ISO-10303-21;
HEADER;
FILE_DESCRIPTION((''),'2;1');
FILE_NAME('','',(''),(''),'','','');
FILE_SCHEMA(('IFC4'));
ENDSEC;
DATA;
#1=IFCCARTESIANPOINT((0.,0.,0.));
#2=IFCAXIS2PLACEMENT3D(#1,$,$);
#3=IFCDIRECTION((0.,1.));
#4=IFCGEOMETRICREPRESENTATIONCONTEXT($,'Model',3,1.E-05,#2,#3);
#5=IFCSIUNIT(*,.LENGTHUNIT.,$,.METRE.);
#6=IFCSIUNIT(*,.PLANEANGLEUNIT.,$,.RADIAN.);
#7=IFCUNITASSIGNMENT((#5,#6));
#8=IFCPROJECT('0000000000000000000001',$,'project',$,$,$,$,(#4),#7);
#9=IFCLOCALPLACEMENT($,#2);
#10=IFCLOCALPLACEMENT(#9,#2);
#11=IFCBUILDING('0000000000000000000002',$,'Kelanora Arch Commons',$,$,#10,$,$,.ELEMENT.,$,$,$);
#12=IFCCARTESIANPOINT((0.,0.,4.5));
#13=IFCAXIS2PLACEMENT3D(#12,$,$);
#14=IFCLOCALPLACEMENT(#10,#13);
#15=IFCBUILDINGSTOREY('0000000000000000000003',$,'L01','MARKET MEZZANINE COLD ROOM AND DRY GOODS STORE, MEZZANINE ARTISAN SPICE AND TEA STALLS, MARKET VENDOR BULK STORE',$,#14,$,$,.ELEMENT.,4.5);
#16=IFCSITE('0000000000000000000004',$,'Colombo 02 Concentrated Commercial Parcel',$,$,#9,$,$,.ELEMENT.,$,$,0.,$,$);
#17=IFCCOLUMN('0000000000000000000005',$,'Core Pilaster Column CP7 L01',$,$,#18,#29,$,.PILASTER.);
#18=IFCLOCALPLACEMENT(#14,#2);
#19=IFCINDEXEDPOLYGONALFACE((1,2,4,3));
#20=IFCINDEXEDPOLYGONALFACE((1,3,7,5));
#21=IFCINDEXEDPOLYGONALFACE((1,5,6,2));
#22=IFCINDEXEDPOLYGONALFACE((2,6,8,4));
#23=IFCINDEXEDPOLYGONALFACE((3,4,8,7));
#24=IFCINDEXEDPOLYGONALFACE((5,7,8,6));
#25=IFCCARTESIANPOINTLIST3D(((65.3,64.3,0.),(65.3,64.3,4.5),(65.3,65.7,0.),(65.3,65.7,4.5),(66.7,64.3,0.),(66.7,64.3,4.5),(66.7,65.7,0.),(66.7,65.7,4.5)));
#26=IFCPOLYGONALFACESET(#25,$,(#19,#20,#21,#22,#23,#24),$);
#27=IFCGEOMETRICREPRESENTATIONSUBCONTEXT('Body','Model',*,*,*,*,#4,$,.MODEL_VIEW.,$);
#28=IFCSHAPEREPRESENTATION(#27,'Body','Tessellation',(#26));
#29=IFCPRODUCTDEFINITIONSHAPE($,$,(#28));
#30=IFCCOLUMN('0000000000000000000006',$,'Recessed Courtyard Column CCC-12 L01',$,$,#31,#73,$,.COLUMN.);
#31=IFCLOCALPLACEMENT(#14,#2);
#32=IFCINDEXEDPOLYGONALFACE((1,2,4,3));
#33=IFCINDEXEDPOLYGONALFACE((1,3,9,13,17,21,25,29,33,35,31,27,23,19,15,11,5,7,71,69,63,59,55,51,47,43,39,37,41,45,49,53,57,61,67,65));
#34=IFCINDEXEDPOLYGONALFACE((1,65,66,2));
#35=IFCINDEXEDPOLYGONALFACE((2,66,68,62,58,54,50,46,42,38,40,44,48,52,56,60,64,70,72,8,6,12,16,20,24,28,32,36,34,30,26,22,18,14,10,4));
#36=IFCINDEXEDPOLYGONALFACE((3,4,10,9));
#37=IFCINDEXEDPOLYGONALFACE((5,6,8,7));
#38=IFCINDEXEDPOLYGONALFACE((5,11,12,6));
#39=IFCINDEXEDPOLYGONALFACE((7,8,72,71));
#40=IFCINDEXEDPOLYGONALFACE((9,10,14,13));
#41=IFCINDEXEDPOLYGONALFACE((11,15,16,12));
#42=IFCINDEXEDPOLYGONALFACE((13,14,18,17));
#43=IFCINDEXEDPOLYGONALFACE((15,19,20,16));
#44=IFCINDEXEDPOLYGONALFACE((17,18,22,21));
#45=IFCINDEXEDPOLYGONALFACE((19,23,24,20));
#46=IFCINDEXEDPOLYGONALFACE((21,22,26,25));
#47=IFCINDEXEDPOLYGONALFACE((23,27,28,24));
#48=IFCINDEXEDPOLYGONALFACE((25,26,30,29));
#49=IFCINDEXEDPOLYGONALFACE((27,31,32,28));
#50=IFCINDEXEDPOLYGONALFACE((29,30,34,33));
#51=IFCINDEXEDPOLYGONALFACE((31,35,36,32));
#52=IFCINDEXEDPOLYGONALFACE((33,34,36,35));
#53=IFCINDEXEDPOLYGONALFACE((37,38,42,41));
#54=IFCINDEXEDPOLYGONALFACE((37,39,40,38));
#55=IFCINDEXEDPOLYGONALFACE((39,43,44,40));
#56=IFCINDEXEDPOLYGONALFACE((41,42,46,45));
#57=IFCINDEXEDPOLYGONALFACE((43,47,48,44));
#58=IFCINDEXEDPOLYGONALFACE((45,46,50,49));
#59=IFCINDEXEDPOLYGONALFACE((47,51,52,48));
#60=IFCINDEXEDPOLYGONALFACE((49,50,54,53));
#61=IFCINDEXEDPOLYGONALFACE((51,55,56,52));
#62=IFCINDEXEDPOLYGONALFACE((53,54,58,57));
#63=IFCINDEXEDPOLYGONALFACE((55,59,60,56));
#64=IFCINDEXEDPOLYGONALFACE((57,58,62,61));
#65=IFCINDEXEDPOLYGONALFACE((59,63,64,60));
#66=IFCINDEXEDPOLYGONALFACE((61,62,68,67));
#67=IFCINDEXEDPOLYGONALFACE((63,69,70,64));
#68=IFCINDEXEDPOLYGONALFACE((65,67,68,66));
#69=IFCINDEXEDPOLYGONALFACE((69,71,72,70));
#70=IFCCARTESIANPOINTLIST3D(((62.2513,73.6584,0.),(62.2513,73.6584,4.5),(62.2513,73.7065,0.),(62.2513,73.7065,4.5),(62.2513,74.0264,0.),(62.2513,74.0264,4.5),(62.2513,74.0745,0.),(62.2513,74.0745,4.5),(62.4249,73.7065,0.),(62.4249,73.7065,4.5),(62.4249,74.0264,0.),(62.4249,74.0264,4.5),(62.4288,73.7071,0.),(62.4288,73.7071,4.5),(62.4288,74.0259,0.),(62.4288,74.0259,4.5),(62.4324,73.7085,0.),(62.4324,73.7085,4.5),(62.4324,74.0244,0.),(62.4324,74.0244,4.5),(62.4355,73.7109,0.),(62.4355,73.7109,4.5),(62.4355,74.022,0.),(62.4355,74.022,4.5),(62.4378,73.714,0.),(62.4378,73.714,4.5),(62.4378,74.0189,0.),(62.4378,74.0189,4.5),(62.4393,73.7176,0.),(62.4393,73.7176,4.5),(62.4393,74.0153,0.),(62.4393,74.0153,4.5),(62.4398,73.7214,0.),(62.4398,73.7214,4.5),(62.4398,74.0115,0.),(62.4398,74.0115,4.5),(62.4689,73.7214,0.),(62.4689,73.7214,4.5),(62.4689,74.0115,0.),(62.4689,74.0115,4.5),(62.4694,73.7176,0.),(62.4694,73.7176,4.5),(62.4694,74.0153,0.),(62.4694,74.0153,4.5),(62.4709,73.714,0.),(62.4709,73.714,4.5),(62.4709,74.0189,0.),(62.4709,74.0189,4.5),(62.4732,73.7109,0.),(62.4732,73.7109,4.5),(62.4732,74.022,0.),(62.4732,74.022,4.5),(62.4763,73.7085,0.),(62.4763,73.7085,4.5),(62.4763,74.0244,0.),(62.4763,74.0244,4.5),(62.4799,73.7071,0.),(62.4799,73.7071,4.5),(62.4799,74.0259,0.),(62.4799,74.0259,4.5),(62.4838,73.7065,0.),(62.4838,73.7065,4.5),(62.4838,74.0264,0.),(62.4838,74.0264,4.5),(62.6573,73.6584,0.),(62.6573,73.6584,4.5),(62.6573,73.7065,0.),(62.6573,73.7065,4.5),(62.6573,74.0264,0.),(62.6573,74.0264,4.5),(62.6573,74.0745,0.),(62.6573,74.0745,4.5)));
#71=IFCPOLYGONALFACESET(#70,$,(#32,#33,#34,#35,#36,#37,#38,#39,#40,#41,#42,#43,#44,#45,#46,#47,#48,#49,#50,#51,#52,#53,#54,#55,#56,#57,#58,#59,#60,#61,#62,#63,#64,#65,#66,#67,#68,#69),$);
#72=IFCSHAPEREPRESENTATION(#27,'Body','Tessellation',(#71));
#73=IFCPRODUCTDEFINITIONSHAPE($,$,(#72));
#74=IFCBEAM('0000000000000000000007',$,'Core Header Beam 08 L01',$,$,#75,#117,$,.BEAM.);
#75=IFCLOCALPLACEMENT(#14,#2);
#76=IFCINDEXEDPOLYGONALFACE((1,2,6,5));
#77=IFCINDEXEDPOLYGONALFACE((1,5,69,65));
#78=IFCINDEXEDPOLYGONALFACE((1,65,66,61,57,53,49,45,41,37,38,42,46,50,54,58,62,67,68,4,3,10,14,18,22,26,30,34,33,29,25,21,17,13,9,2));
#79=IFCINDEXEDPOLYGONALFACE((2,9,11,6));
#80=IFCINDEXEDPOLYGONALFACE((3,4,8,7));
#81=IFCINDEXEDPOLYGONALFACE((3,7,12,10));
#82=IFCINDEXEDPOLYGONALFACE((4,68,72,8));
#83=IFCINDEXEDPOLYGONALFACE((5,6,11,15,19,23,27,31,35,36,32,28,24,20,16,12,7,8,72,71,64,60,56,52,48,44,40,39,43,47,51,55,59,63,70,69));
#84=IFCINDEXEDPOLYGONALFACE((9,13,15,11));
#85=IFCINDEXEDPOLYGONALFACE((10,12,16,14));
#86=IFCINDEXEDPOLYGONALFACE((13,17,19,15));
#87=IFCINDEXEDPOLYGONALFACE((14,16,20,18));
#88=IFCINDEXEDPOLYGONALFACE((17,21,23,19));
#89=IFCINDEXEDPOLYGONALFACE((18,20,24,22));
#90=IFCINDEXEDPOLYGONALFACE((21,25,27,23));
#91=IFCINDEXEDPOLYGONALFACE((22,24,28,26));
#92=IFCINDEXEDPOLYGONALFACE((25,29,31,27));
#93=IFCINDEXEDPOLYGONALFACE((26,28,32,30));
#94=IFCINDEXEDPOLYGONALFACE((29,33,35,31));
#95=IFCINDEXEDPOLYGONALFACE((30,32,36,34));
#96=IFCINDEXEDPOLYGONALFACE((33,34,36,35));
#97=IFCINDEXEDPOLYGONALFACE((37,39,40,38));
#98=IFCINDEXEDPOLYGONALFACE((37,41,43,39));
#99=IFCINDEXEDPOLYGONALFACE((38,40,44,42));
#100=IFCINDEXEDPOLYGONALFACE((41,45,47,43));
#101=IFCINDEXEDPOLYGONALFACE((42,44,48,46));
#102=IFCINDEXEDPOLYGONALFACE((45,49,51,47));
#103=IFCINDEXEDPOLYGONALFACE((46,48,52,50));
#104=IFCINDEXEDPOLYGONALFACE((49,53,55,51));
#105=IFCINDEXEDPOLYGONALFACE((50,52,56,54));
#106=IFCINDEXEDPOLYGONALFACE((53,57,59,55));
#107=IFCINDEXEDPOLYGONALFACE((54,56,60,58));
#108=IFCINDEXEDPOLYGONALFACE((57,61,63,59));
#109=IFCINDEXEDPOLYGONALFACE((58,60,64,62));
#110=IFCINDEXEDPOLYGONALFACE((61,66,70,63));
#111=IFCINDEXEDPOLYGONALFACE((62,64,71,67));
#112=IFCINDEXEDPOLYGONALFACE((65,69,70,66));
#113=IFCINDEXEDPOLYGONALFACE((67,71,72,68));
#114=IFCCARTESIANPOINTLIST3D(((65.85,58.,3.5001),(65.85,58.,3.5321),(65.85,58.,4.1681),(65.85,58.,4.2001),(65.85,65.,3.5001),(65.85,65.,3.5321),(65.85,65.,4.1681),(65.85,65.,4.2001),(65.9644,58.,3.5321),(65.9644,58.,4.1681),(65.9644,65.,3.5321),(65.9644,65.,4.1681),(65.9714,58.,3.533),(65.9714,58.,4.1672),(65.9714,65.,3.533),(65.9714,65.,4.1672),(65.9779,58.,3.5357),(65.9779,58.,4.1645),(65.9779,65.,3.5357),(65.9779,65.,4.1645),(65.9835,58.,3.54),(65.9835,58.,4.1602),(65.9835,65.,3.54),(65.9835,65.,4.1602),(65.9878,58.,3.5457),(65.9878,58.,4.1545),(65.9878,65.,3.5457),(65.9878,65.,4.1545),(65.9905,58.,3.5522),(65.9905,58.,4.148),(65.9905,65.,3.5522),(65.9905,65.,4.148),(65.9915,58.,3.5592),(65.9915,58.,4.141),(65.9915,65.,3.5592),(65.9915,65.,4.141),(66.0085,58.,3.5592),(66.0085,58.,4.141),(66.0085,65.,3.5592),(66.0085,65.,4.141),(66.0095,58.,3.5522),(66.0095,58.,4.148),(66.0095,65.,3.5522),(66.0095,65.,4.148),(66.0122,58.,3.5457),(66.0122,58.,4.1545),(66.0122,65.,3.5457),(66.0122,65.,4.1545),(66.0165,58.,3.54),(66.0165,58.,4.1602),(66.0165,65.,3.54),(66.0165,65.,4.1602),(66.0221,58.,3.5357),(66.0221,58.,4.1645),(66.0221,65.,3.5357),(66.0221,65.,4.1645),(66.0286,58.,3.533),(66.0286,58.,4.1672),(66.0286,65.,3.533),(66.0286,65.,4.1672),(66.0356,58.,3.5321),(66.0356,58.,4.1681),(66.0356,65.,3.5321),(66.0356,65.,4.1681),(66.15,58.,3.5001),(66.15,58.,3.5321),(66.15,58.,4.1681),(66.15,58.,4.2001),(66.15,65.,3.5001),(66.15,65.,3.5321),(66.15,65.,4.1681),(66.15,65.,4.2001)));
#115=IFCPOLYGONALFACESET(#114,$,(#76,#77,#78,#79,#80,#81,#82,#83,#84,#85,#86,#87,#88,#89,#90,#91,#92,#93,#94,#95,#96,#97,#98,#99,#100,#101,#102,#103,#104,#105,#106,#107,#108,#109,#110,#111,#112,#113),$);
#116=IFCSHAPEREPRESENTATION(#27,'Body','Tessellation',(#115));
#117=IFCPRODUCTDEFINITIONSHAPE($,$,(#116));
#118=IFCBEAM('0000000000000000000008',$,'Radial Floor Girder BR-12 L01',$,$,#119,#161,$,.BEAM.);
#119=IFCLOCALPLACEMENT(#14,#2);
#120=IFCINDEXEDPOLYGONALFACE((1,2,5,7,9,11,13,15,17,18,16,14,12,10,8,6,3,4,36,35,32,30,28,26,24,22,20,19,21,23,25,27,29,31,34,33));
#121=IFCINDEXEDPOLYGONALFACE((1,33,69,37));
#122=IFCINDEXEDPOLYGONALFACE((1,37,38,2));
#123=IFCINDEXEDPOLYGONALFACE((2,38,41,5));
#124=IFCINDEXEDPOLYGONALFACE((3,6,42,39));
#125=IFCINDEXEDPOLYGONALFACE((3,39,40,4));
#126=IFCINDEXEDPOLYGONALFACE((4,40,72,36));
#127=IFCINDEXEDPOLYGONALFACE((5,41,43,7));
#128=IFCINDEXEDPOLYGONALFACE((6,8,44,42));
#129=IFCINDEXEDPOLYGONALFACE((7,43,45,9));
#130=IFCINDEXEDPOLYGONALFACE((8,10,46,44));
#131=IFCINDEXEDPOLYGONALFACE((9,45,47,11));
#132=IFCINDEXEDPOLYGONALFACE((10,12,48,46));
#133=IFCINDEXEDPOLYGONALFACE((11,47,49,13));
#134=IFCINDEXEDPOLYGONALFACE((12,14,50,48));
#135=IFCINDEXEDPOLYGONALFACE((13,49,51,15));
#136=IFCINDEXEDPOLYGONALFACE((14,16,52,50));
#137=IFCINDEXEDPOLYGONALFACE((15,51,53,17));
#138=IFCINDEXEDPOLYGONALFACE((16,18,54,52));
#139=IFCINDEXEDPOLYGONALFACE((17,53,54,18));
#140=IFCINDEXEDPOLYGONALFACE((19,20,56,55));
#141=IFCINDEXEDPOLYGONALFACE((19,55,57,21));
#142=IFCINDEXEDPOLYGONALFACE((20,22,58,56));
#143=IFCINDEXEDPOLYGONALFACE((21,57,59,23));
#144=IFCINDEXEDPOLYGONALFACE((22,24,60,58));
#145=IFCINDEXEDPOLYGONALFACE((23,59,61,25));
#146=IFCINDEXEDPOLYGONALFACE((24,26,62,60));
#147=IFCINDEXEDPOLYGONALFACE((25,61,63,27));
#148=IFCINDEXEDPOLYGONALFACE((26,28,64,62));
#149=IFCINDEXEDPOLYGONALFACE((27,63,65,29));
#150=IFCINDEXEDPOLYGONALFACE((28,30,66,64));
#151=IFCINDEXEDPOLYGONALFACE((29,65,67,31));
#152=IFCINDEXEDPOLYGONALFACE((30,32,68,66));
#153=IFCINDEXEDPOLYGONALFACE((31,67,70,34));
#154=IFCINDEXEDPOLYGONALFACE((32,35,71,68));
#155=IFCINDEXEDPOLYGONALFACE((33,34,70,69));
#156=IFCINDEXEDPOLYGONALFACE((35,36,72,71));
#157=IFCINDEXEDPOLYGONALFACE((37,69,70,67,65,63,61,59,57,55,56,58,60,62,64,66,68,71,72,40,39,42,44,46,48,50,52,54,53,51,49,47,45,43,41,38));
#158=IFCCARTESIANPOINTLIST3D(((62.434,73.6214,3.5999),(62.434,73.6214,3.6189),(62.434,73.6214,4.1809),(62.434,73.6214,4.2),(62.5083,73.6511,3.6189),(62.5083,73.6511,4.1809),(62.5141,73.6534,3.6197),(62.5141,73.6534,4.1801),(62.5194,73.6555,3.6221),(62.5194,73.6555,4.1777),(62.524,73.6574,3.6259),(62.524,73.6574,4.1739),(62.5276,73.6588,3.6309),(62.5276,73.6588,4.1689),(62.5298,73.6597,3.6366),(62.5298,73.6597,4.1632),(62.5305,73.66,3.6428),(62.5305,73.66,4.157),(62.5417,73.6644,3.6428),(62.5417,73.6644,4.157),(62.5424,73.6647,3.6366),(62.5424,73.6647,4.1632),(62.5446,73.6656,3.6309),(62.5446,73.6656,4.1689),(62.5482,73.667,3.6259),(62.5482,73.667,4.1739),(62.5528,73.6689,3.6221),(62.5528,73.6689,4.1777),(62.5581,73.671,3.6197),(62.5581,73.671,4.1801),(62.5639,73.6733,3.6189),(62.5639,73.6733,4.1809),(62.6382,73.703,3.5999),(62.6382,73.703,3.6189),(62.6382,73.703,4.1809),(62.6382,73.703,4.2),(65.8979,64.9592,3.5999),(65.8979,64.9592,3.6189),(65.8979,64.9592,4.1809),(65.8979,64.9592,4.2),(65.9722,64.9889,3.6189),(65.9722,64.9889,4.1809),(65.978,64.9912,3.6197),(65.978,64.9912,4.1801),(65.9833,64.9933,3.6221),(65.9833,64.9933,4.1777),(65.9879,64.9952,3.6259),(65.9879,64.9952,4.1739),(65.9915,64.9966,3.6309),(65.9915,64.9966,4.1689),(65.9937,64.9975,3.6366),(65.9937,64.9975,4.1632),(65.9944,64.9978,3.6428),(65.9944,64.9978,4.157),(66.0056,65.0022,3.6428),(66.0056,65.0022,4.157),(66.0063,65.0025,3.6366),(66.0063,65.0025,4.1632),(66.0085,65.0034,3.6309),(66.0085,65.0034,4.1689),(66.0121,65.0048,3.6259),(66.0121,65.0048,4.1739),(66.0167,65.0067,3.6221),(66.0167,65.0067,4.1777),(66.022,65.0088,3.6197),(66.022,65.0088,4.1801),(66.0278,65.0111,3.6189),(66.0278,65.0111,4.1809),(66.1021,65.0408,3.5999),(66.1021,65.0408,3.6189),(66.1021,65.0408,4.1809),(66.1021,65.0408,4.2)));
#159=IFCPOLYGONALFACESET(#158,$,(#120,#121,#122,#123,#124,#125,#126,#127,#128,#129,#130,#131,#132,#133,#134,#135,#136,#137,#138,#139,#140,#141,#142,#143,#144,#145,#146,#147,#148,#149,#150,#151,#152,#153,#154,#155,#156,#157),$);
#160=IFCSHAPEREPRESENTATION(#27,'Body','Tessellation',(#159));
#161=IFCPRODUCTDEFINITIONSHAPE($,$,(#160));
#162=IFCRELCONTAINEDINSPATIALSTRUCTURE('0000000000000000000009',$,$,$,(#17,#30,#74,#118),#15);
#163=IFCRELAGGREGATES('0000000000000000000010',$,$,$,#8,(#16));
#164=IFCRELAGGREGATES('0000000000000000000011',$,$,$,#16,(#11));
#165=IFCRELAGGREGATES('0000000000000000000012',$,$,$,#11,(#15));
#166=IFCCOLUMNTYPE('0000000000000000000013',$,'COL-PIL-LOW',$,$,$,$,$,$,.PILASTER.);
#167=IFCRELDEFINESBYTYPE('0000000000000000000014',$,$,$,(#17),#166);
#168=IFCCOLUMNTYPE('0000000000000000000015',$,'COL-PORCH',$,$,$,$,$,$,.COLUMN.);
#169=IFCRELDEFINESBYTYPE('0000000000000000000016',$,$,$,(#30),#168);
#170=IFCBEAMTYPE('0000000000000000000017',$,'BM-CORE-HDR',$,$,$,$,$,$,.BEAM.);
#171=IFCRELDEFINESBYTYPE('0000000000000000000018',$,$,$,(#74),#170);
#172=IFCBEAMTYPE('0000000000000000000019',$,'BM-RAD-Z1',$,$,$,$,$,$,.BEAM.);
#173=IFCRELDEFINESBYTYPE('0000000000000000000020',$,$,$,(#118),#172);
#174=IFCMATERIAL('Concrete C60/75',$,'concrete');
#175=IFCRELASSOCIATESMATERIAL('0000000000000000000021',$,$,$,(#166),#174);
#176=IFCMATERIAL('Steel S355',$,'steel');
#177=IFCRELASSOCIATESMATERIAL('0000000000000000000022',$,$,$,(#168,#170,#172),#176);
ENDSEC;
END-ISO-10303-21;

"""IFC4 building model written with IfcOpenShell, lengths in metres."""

from ifc_helpers import new_model, si_unit, direction, frame, origin, origin_2d, place, context, subcontext, project, spatial, rectangle, i_section, extrude, material, material_profile, profile_set, type_object, element, save


model = new_model("IFC4")

# Units and contexts
model_context = context("Model", 3, precision=1e-05, world=origin(), true_north=direction((0.0, 1.0)))
body_context = subcontext(model_context, "Body", "Model", "MODEL_VIEW")
ifc_project = project(units=[si_unit("LENGTHUNIT", "METRE"), si_unit("PLANEANGLEUNIT", "RADIAN")], contexts=[model_context])

# Site, building, storey
site_placement = place(None, origin())
site = spatial("IfcSite", under=ifc_project, at=site_placement, Name="Colombo 02 Concentrated Commercial Parcel", CompositionType="ELEMENT", RefElevation=0.0)
building_placement = place(site_placement, origin())
building = spatial("IfcBuilding", under=site, at=building_placement, Name="Kelanora Arch Commons", CompositionType="ELEMENT")
storey_placement = place(building_placement, frame((0.0, 0.0, 4.5)))
storey = spatial("IfcBuildingStorey", under=building, at=storey_placement, Name="L01", Description="MARKET MEZZANINE COLD ROOM AND DRY GOODS STORE, MEZZANINE ARTISAN SPICE AND TEA STALLS, MARKET VENDOR BULK STORE", CompositionType="ELEMENT", Elevation=4.5)

# Columns
ifc_material_1 = material(Name="Concrete C60/75", Category="concrete")
ifc_material_profile_1 = material_profile(ifc_material_1, rectangle(XDim=1.3999, YDim=1.3999, at=origin_2d()), Name="RC1400x1400")
ifc_profile_set_1 = profile_set([ifc_material_profile_1], Name="Concrete C60/75")
column_type_1 = type_object("IfcColumnType", Name="COL-PIL-LOW", PredefinedType="PILASTER", material=ifc_profile_set_1)
column_1_placement = place(storey_placement, frame((66.0, 65.0, 0.0), z_axis=(0.0, 0.0, 1.0), x_axis=(1.0, 0.0, 0.0)))
element("IfcColumn", 1, at=column_1_placement, inside=storey, type_object=column_type_1, Name="Core Pilaster Column CP7 L01", PredefinedType="PILASTER", context=body_context, shape_type="SweptSolid", body=[
    extrude(rectangle(XDim=1.3999, YDim=1.3999, at=origin_2d()), origin(), (0.0, 0.0, 1.0), 4.5),
])
ifc_material_2 = material(Name="Steel S355", Category="steel")
ifc_material_profile_2 = material_profile(ifc_material_2, i_section(OverallWidth=0.406, OverallDepth=0.416, WebThickness=0.0291, FlangeThickness=0.0481, FilletRadius=0.0149, at=origin_2d()), Name="HD400x382")
ifc_profile_set_2 = profile_set([ifc_material_profile_2], Name="Steel S355")
column_type_2 = type_object("IfcColumnType", Name="COL-PORCH", PredefinedType="COLUMN", material=ifc_profile_set_2)
column_2_placement = place(storey_placement, frame((62.4543, 73.8665, 0.0), z_axis=(0.0, 0.0, 1.0), x_axis=(1.0, 0.0, 0.0)))
element("IfcColumn", 2, at=column_2_placement, inside=storey, type_object=column_type_2, Name="Recessed Courtyard Column CCC-12 L01", PredefinedType="COLUMN", context=body_context, shape_type="SweptSolid", body=[
    extrude(i_section(OverallWidth=0.406, OverallDepth=0.416, WebThickness=0.0291, FlangeThickness=0.0481, FilletRadius=0.0149, at=origin_2d()), origin(), (0.0, 0.0, 1.0), 4.5),
])

# Beams
ifc_material_profile_3 = material_profile(ifc_material_2, i_section(OverallWidth=0.3, OverallDepth=0.7, WebThickness=0.0171, FlangeThickness=0.032, FilletRadius=0.0271, at=origin_2d()), Name="HEB700")
ifc_profile_set_3 = profile_set([ifc_material_profile_3], Name="Steel S355")
beam_type_1 = type_object("IfcBeamType", Name="BM-CORE-HDR", PredefinedType="BEAM", material=ifc_profile_set_3)
beam_1_placement = place(storey_placement, frame((66.0, 65.0, 3.8501), z_axis=(0.0, -1.0, 0.0), x_axis=(1.0, 0.0, 0.0)))
element("IfcBeam", 3, at=beam_1_placement, inside=storey, type_object=beam_type_1, Name="Core Header Beam 08 L01", PredefinedType="BEAM", context=body_context, shape_type="SweptSolid", body=[
    extrude(i_section(OverallWidth=0.3, OverallDepth=0.7, WebThickness=0.0171, FlangeThickness=0.032, FilletRadius=0.0271, at=origin_2d()), origin(), (0.0, 0.0, 1.0), 7.0),
])
ifc_material_profile_4 = material_profile(ifc_material_2, i_section(OverallWidth=0.22, OverallDepth=0.6001, WebThickness=0.012, FlangeThickness=0.019, FilletRadius=0.0239, at=origin_2d()), Name="IPE600")
ifc_profile_set_4 = profile_set([ifc_material_profile_4], Name="Steel S355")
beam_type_2 = type_object("IfcBeamType", Name="BM-RAD-Z1", PredefinedType="BEAM", material=ifc_profile_set_4)
beam_2_placement = place(storey_placement, frame((66.0, 65.0, 3.8999), z_axis=(-0.3713, 0.928513, 0.0), x_axis=(-0.928513, -0.3713, 0.0)))
element("IfcBeam", 4, at=beam_2_placement, inside=storey, type_object=beam_type_2, Name="Radial Floor Girder BR-12 L01", PredefinedType="BEAM", context=body_context, shape_type="SweptSolid", body=[
    extrude(i_section(OverallWidth=0.22, OverallDepth=0.6001, WebThickness=0.012, FlangeThickness=0.019, FilletRadius=0.0239, at=origin_2d()), origin(), (0.0, 0.0, 1.0), 9.3291),
])

save(model, "model.ifc")
